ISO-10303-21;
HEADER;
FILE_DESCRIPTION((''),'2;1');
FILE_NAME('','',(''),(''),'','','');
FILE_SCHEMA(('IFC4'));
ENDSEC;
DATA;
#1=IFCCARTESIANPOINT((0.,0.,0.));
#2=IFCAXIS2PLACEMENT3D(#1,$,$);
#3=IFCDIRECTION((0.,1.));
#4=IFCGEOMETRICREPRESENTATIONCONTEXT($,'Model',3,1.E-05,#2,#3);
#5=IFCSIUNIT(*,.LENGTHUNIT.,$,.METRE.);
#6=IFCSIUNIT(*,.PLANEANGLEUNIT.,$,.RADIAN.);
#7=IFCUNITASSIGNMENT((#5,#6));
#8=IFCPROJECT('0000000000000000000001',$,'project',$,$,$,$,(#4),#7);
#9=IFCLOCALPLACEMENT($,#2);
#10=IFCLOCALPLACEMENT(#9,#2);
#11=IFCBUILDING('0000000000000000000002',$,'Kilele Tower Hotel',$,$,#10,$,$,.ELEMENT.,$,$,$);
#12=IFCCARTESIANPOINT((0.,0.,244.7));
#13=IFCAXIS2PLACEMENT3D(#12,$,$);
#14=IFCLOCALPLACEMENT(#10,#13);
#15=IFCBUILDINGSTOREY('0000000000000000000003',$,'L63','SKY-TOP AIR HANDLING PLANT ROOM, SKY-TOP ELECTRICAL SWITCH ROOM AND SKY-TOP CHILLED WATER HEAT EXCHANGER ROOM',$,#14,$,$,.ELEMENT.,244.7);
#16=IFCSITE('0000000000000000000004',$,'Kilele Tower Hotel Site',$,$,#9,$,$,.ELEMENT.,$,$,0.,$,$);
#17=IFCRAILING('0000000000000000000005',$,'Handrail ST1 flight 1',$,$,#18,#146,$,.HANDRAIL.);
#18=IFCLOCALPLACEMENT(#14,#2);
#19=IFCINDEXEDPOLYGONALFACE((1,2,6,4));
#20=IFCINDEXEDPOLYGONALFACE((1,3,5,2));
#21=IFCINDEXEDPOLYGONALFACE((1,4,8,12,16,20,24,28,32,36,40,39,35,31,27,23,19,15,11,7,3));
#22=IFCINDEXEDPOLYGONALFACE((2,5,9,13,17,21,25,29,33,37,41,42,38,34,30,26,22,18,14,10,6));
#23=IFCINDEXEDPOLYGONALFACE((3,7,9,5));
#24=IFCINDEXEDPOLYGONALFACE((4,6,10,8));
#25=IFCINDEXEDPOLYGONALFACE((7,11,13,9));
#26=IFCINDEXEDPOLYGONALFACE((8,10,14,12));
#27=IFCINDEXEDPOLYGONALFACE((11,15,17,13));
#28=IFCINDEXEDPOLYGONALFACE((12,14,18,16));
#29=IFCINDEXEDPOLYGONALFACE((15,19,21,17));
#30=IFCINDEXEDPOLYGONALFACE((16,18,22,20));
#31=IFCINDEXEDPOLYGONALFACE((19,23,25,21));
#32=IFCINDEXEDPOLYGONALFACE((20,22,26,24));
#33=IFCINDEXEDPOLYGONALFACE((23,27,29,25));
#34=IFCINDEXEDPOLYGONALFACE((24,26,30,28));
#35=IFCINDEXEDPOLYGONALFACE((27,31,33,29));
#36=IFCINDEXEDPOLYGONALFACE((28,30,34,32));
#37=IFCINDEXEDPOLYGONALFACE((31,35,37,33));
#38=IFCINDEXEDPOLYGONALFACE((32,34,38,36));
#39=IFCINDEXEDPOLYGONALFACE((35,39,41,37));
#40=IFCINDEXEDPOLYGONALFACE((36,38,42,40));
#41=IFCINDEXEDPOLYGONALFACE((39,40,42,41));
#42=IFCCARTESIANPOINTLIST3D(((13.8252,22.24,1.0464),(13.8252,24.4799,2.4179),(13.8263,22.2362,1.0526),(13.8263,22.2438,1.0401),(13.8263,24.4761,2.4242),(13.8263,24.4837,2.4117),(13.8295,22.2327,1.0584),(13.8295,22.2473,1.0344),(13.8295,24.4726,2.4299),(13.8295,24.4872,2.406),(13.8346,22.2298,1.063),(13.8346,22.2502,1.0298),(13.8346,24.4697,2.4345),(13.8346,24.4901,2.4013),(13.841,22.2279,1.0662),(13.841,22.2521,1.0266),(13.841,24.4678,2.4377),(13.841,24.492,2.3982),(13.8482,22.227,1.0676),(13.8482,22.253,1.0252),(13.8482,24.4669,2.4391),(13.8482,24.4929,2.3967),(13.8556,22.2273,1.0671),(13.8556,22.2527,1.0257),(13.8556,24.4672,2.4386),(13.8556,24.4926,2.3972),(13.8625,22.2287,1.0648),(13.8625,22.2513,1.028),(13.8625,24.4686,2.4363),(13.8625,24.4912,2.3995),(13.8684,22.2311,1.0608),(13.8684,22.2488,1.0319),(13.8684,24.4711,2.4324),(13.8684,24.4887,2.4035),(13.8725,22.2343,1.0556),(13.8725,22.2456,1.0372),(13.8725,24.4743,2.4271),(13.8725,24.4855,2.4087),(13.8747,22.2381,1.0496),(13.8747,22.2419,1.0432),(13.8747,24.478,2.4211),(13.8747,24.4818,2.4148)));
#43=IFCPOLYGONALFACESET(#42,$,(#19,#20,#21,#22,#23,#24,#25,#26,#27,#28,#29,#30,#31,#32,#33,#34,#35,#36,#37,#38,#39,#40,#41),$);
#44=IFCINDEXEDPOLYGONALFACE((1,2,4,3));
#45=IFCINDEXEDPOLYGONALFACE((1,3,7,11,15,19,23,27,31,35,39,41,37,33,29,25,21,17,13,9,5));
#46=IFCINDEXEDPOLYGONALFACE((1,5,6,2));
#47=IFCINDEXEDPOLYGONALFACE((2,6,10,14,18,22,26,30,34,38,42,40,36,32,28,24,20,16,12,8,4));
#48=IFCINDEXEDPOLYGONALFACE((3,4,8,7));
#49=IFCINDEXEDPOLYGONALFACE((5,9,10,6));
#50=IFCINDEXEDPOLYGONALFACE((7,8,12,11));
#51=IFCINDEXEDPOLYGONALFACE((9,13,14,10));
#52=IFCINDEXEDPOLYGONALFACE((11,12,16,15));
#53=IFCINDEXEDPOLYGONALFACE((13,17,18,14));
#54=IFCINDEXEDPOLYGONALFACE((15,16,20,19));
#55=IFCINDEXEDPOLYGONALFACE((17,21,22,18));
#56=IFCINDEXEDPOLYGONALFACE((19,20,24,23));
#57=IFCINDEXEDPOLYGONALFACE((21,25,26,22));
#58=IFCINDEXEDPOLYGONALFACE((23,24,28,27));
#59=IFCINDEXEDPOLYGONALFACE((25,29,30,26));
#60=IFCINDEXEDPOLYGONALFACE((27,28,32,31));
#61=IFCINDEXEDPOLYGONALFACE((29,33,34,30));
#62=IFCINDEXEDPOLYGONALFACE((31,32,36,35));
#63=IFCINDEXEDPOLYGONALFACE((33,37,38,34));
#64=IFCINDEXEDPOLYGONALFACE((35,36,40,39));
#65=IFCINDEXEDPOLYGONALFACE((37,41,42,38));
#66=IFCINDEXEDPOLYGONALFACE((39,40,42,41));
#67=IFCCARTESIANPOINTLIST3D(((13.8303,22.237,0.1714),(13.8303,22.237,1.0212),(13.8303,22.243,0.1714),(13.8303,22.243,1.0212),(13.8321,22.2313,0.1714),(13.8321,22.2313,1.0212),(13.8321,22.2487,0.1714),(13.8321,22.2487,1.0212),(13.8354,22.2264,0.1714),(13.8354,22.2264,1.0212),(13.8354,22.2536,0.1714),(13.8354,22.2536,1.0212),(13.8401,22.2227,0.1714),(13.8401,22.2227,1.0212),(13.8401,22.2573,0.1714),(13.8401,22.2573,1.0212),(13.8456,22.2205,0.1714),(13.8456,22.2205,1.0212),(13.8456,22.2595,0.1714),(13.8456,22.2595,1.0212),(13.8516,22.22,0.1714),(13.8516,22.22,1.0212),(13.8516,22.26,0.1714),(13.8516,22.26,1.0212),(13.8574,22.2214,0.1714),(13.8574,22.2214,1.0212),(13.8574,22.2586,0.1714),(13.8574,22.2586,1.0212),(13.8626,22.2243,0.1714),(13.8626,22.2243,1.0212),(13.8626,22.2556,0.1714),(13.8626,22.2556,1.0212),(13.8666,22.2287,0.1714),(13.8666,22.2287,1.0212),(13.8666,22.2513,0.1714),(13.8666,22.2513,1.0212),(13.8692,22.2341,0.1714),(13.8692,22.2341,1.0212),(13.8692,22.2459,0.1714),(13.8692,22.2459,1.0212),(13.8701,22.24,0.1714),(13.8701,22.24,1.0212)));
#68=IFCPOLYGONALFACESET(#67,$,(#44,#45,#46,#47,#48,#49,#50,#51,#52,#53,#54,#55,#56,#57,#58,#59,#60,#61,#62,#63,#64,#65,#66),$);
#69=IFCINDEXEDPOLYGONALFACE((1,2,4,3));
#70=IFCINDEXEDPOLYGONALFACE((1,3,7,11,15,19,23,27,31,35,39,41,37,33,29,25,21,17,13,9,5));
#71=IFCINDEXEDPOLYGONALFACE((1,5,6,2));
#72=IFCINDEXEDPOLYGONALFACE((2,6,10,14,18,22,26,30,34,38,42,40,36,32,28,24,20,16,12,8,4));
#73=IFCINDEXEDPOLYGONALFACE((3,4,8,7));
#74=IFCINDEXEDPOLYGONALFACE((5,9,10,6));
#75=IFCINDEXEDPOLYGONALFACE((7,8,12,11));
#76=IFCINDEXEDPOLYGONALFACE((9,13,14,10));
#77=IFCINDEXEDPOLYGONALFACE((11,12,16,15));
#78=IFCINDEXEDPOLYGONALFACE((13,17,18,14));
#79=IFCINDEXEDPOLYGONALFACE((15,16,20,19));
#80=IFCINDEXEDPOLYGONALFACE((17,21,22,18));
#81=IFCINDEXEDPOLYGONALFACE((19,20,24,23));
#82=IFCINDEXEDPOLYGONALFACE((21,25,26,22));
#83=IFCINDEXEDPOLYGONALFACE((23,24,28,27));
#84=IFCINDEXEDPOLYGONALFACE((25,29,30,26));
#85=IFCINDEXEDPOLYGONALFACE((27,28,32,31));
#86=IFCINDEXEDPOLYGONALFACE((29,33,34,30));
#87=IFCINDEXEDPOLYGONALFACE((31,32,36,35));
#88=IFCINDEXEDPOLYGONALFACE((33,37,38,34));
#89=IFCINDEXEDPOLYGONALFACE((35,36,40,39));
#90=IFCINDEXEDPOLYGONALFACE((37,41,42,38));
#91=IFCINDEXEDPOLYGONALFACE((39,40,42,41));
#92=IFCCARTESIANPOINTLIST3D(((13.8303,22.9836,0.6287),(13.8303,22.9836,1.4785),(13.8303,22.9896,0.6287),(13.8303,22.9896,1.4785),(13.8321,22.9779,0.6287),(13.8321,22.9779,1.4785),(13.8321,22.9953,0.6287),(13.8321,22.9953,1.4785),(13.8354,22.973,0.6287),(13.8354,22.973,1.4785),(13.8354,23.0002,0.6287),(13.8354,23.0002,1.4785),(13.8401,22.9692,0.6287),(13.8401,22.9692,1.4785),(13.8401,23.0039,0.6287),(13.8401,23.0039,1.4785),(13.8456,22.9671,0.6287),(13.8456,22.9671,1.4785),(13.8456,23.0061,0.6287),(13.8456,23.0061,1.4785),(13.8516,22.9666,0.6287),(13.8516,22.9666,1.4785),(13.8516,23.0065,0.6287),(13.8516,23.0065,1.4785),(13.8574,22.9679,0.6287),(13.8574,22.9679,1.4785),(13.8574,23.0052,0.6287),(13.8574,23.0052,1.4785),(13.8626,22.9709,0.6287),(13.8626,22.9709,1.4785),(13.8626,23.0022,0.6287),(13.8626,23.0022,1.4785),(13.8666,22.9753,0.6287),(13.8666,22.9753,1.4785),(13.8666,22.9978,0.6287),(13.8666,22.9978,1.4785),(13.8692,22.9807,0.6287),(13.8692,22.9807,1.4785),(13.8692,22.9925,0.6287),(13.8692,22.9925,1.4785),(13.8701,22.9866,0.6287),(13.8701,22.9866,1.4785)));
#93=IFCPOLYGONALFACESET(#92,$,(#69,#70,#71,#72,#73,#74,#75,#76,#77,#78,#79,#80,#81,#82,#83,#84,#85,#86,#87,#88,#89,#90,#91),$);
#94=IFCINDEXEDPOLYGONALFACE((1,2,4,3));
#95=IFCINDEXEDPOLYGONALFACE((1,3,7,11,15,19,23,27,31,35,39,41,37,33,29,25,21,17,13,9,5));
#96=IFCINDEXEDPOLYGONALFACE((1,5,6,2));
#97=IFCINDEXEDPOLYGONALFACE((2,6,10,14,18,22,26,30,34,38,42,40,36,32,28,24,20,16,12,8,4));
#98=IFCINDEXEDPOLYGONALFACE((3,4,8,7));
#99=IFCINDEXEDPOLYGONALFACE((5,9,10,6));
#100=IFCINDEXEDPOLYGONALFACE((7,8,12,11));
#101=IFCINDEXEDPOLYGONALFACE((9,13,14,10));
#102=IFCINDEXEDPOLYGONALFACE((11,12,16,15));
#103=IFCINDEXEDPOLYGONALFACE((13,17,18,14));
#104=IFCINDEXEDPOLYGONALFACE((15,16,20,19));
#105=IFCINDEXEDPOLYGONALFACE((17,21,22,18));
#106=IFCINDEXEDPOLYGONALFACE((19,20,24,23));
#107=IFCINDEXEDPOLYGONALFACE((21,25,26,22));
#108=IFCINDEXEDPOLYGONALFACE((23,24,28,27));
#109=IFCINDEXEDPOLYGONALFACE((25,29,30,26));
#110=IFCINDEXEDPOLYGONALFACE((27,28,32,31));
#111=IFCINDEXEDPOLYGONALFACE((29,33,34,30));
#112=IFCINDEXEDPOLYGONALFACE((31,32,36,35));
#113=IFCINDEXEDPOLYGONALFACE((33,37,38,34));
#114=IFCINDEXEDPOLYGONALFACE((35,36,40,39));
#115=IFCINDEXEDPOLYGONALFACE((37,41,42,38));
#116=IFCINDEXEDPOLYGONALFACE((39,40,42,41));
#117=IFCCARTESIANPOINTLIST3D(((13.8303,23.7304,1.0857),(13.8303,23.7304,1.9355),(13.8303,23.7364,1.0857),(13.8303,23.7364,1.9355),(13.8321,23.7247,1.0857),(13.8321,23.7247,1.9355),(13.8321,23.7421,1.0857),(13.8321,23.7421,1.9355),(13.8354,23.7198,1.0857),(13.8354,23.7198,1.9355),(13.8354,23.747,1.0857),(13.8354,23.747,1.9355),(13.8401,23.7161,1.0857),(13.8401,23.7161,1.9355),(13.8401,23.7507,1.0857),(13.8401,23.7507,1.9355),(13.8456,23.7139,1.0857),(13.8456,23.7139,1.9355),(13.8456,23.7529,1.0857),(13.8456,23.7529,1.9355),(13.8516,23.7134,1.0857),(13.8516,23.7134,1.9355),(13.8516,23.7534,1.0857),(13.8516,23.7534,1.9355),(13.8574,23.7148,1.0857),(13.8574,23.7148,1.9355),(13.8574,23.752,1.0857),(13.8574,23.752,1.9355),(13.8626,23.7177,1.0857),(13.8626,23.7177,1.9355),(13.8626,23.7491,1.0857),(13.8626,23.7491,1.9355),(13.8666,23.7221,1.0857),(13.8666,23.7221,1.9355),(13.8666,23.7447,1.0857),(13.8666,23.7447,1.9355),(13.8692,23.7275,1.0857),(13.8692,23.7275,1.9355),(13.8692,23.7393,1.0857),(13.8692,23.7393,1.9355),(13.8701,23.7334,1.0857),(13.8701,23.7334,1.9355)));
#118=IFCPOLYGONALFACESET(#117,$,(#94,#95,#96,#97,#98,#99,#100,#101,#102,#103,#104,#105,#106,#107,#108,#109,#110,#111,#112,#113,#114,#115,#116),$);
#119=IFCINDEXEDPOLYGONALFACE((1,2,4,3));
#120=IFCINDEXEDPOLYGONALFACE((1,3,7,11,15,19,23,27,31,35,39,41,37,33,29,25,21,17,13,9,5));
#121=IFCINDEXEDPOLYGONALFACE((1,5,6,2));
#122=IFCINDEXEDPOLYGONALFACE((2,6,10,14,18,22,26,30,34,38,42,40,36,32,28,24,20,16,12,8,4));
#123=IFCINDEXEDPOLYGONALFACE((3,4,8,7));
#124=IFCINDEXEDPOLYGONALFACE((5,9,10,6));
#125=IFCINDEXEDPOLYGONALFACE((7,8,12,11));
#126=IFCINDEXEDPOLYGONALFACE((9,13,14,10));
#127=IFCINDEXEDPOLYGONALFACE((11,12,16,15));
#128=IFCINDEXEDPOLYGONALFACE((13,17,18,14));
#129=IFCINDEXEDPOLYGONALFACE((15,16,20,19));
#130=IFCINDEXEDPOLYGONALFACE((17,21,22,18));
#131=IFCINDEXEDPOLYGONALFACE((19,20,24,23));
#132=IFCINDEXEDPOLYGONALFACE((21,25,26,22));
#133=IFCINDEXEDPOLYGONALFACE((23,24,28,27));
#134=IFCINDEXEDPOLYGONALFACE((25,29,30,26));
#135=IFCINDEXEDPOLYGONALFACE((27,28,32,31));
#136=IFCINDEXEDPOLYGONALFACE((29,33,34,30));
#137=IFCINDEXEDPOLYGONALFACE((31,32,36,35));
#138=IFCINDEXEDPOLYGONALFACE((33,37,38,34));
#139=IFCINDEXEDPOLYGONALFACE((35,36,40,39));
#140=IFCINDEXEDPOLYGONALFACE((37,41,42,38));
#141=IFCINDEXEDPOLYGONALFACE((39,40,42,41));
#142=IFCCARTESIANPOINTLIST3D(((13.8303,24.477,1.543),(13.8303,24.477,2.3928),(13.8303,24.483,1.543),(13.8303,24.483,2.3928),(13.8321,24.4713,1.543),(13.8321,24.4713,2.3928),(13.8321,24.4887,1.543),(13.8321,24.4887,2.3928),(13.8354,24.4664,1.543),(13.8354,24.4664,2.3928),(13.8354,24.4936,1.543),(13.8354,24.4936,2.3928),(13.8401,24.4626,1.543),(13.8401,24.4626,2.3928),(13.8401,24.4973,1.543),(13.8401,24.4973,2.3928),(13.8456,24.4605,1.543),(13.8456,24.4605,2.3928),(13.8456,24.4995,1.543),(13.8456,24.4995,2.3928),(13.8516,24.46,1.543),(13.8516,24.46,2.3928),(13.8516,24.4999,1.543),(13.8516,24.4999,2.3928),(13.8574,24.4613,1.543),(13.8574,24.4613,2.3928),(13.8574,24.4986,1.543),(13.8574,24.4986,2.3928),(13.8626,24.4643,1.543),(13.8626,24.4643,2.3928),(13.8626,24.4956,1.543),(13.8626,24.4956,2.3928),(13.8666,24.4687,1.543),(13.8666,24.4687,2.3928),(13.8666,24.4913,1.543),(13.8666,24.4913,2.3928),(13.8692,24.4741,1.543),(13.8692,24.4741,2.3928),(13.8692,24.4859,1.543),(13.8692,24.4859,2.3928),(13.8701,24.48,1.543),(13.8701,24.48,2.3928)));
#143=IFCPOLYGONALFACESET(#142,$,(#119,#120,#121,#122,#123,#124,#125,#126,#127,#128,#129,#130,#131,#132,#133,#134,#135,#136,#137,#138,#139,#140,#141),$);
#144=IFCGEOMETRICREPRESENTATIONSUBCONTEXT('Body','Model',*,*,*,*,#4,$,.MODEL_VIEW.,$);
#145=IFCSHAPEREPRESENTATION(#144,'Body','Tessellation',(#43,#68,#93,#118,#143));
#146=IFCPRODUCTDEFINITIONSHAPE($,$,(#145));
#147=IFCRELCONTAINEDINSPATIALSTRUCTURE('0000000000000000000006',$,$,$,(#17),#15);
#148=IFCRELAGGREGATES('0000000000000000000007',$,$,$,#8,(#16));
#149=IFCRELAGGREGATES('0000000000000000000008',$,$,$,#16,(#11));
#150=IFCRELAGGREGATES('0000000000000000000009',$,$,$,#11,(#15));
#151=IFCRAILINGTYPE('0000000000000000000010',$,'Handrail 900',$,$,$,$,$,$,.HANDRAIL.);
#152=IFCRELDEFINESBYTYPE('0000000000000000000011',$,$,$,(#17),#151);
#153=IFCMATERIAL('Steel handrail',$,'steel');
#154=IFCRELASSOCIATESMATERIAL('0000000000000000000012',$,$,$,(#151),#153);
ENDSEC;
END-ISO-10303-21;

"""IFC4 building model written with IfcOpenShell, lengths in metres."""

from ifc_helpers import new_model, si_unit, direction, frame, origin, origin_2d, place, context, subcontext, project, spatial, circle, extrude, material, type_object, element, save


model = new_model("IFC4")

# Units and contexts
model_context = context("Model", 3, precision=1e-05, world=origin(), true_north=direction((0.0, 1.0)))
body_context = subcontext(model_context, "Body", "Model", "MODEL_VIEW")
ifc_project = project(units=[si_unit("LENGTHUNIT", "METRE"), si_unit("PLANEANGLEUNIT", "RADIAN")], contexts=[model_context])

# Site, building, storey
site_placement = place(None, origin())
site = spatial("IfcSite", under=ifc_project, at=site_placement, Name="Kilele Tower Hotel Site", CompositionType="ELEMENT", RefElevation=0.0)
building_placement = place(site_placement, origin())
building = spatial("IfcBuilding", under=site, at=building_placement, Name="Kilele Tower Hotel", CompositionType="ELEMENT")
storey_placement = place(building_placement, frame((0.0, 0.0, 244.7)))
storey = spatial("IfcBuildingStorey", under=building, at=storey_placement, Name="L63", Description="SKY-TOP AIR HANDLING PLANT ROOM, SKY-TOP ELECTRICAL SWITCH ROOM AND SKY-TOP CHILLED WATER HEAT EXCHANGER ROOM", CompositionType="ELEMENT", Elevation=244.7)

# Railing
ifc_material_1 = material(Name="Steel handrail", Category="steel")
railing_type_1 = type_object("IfcRailingType", Name="Handrail 900", PredefinedType="HANDRAIL", material=ifc_material_1)
for number, where, name in (
    (1, (13.8501, 22.24, 0.1714), "Handrail ST1 flight 1"),
):
    element("IfcRailing", number, at=place(storey_placement, frame(where)), inside=storey, type_object=railing_type_1, Name=name, PredefinedType="HANDRAIL", context=body_context, shape_type="SweptSolid", body=[
        extrude(circle(Radius=0.0249, at=origin_2d()), frame((0.0, 0.0, 0.875), z_axis=(0.0, 0.852824, 0.522198), x_axis=(-1.0, 0.0, 0.0)), (0.0, 0.0, 1.0), 2.6265),
        extrude(circle(Radius=0.02, at=origin_2d()), origin(), (0.0, 0.0, 1.0), 0.8499),
        extrude(circle(Radius=0.02, at=origin_2d()), frame((0.0, 0.7466, 0.4573)), (0.0, 0.0, 1.0), 0.8499),
        extrude(circle(Radius=0.02, at=origin_2d()), frame((0.0, 1.4934, 0.9143)), (0.0, 0.0, 1.0), 0.8499),
        extrude(circle(Radius=0.02, at=origin_2d()), frame((0.0, 2.24, 1.3716)), (0.0, 0.0, 1.0), 0.8499),
    ])

save(model, "model.ifc")
